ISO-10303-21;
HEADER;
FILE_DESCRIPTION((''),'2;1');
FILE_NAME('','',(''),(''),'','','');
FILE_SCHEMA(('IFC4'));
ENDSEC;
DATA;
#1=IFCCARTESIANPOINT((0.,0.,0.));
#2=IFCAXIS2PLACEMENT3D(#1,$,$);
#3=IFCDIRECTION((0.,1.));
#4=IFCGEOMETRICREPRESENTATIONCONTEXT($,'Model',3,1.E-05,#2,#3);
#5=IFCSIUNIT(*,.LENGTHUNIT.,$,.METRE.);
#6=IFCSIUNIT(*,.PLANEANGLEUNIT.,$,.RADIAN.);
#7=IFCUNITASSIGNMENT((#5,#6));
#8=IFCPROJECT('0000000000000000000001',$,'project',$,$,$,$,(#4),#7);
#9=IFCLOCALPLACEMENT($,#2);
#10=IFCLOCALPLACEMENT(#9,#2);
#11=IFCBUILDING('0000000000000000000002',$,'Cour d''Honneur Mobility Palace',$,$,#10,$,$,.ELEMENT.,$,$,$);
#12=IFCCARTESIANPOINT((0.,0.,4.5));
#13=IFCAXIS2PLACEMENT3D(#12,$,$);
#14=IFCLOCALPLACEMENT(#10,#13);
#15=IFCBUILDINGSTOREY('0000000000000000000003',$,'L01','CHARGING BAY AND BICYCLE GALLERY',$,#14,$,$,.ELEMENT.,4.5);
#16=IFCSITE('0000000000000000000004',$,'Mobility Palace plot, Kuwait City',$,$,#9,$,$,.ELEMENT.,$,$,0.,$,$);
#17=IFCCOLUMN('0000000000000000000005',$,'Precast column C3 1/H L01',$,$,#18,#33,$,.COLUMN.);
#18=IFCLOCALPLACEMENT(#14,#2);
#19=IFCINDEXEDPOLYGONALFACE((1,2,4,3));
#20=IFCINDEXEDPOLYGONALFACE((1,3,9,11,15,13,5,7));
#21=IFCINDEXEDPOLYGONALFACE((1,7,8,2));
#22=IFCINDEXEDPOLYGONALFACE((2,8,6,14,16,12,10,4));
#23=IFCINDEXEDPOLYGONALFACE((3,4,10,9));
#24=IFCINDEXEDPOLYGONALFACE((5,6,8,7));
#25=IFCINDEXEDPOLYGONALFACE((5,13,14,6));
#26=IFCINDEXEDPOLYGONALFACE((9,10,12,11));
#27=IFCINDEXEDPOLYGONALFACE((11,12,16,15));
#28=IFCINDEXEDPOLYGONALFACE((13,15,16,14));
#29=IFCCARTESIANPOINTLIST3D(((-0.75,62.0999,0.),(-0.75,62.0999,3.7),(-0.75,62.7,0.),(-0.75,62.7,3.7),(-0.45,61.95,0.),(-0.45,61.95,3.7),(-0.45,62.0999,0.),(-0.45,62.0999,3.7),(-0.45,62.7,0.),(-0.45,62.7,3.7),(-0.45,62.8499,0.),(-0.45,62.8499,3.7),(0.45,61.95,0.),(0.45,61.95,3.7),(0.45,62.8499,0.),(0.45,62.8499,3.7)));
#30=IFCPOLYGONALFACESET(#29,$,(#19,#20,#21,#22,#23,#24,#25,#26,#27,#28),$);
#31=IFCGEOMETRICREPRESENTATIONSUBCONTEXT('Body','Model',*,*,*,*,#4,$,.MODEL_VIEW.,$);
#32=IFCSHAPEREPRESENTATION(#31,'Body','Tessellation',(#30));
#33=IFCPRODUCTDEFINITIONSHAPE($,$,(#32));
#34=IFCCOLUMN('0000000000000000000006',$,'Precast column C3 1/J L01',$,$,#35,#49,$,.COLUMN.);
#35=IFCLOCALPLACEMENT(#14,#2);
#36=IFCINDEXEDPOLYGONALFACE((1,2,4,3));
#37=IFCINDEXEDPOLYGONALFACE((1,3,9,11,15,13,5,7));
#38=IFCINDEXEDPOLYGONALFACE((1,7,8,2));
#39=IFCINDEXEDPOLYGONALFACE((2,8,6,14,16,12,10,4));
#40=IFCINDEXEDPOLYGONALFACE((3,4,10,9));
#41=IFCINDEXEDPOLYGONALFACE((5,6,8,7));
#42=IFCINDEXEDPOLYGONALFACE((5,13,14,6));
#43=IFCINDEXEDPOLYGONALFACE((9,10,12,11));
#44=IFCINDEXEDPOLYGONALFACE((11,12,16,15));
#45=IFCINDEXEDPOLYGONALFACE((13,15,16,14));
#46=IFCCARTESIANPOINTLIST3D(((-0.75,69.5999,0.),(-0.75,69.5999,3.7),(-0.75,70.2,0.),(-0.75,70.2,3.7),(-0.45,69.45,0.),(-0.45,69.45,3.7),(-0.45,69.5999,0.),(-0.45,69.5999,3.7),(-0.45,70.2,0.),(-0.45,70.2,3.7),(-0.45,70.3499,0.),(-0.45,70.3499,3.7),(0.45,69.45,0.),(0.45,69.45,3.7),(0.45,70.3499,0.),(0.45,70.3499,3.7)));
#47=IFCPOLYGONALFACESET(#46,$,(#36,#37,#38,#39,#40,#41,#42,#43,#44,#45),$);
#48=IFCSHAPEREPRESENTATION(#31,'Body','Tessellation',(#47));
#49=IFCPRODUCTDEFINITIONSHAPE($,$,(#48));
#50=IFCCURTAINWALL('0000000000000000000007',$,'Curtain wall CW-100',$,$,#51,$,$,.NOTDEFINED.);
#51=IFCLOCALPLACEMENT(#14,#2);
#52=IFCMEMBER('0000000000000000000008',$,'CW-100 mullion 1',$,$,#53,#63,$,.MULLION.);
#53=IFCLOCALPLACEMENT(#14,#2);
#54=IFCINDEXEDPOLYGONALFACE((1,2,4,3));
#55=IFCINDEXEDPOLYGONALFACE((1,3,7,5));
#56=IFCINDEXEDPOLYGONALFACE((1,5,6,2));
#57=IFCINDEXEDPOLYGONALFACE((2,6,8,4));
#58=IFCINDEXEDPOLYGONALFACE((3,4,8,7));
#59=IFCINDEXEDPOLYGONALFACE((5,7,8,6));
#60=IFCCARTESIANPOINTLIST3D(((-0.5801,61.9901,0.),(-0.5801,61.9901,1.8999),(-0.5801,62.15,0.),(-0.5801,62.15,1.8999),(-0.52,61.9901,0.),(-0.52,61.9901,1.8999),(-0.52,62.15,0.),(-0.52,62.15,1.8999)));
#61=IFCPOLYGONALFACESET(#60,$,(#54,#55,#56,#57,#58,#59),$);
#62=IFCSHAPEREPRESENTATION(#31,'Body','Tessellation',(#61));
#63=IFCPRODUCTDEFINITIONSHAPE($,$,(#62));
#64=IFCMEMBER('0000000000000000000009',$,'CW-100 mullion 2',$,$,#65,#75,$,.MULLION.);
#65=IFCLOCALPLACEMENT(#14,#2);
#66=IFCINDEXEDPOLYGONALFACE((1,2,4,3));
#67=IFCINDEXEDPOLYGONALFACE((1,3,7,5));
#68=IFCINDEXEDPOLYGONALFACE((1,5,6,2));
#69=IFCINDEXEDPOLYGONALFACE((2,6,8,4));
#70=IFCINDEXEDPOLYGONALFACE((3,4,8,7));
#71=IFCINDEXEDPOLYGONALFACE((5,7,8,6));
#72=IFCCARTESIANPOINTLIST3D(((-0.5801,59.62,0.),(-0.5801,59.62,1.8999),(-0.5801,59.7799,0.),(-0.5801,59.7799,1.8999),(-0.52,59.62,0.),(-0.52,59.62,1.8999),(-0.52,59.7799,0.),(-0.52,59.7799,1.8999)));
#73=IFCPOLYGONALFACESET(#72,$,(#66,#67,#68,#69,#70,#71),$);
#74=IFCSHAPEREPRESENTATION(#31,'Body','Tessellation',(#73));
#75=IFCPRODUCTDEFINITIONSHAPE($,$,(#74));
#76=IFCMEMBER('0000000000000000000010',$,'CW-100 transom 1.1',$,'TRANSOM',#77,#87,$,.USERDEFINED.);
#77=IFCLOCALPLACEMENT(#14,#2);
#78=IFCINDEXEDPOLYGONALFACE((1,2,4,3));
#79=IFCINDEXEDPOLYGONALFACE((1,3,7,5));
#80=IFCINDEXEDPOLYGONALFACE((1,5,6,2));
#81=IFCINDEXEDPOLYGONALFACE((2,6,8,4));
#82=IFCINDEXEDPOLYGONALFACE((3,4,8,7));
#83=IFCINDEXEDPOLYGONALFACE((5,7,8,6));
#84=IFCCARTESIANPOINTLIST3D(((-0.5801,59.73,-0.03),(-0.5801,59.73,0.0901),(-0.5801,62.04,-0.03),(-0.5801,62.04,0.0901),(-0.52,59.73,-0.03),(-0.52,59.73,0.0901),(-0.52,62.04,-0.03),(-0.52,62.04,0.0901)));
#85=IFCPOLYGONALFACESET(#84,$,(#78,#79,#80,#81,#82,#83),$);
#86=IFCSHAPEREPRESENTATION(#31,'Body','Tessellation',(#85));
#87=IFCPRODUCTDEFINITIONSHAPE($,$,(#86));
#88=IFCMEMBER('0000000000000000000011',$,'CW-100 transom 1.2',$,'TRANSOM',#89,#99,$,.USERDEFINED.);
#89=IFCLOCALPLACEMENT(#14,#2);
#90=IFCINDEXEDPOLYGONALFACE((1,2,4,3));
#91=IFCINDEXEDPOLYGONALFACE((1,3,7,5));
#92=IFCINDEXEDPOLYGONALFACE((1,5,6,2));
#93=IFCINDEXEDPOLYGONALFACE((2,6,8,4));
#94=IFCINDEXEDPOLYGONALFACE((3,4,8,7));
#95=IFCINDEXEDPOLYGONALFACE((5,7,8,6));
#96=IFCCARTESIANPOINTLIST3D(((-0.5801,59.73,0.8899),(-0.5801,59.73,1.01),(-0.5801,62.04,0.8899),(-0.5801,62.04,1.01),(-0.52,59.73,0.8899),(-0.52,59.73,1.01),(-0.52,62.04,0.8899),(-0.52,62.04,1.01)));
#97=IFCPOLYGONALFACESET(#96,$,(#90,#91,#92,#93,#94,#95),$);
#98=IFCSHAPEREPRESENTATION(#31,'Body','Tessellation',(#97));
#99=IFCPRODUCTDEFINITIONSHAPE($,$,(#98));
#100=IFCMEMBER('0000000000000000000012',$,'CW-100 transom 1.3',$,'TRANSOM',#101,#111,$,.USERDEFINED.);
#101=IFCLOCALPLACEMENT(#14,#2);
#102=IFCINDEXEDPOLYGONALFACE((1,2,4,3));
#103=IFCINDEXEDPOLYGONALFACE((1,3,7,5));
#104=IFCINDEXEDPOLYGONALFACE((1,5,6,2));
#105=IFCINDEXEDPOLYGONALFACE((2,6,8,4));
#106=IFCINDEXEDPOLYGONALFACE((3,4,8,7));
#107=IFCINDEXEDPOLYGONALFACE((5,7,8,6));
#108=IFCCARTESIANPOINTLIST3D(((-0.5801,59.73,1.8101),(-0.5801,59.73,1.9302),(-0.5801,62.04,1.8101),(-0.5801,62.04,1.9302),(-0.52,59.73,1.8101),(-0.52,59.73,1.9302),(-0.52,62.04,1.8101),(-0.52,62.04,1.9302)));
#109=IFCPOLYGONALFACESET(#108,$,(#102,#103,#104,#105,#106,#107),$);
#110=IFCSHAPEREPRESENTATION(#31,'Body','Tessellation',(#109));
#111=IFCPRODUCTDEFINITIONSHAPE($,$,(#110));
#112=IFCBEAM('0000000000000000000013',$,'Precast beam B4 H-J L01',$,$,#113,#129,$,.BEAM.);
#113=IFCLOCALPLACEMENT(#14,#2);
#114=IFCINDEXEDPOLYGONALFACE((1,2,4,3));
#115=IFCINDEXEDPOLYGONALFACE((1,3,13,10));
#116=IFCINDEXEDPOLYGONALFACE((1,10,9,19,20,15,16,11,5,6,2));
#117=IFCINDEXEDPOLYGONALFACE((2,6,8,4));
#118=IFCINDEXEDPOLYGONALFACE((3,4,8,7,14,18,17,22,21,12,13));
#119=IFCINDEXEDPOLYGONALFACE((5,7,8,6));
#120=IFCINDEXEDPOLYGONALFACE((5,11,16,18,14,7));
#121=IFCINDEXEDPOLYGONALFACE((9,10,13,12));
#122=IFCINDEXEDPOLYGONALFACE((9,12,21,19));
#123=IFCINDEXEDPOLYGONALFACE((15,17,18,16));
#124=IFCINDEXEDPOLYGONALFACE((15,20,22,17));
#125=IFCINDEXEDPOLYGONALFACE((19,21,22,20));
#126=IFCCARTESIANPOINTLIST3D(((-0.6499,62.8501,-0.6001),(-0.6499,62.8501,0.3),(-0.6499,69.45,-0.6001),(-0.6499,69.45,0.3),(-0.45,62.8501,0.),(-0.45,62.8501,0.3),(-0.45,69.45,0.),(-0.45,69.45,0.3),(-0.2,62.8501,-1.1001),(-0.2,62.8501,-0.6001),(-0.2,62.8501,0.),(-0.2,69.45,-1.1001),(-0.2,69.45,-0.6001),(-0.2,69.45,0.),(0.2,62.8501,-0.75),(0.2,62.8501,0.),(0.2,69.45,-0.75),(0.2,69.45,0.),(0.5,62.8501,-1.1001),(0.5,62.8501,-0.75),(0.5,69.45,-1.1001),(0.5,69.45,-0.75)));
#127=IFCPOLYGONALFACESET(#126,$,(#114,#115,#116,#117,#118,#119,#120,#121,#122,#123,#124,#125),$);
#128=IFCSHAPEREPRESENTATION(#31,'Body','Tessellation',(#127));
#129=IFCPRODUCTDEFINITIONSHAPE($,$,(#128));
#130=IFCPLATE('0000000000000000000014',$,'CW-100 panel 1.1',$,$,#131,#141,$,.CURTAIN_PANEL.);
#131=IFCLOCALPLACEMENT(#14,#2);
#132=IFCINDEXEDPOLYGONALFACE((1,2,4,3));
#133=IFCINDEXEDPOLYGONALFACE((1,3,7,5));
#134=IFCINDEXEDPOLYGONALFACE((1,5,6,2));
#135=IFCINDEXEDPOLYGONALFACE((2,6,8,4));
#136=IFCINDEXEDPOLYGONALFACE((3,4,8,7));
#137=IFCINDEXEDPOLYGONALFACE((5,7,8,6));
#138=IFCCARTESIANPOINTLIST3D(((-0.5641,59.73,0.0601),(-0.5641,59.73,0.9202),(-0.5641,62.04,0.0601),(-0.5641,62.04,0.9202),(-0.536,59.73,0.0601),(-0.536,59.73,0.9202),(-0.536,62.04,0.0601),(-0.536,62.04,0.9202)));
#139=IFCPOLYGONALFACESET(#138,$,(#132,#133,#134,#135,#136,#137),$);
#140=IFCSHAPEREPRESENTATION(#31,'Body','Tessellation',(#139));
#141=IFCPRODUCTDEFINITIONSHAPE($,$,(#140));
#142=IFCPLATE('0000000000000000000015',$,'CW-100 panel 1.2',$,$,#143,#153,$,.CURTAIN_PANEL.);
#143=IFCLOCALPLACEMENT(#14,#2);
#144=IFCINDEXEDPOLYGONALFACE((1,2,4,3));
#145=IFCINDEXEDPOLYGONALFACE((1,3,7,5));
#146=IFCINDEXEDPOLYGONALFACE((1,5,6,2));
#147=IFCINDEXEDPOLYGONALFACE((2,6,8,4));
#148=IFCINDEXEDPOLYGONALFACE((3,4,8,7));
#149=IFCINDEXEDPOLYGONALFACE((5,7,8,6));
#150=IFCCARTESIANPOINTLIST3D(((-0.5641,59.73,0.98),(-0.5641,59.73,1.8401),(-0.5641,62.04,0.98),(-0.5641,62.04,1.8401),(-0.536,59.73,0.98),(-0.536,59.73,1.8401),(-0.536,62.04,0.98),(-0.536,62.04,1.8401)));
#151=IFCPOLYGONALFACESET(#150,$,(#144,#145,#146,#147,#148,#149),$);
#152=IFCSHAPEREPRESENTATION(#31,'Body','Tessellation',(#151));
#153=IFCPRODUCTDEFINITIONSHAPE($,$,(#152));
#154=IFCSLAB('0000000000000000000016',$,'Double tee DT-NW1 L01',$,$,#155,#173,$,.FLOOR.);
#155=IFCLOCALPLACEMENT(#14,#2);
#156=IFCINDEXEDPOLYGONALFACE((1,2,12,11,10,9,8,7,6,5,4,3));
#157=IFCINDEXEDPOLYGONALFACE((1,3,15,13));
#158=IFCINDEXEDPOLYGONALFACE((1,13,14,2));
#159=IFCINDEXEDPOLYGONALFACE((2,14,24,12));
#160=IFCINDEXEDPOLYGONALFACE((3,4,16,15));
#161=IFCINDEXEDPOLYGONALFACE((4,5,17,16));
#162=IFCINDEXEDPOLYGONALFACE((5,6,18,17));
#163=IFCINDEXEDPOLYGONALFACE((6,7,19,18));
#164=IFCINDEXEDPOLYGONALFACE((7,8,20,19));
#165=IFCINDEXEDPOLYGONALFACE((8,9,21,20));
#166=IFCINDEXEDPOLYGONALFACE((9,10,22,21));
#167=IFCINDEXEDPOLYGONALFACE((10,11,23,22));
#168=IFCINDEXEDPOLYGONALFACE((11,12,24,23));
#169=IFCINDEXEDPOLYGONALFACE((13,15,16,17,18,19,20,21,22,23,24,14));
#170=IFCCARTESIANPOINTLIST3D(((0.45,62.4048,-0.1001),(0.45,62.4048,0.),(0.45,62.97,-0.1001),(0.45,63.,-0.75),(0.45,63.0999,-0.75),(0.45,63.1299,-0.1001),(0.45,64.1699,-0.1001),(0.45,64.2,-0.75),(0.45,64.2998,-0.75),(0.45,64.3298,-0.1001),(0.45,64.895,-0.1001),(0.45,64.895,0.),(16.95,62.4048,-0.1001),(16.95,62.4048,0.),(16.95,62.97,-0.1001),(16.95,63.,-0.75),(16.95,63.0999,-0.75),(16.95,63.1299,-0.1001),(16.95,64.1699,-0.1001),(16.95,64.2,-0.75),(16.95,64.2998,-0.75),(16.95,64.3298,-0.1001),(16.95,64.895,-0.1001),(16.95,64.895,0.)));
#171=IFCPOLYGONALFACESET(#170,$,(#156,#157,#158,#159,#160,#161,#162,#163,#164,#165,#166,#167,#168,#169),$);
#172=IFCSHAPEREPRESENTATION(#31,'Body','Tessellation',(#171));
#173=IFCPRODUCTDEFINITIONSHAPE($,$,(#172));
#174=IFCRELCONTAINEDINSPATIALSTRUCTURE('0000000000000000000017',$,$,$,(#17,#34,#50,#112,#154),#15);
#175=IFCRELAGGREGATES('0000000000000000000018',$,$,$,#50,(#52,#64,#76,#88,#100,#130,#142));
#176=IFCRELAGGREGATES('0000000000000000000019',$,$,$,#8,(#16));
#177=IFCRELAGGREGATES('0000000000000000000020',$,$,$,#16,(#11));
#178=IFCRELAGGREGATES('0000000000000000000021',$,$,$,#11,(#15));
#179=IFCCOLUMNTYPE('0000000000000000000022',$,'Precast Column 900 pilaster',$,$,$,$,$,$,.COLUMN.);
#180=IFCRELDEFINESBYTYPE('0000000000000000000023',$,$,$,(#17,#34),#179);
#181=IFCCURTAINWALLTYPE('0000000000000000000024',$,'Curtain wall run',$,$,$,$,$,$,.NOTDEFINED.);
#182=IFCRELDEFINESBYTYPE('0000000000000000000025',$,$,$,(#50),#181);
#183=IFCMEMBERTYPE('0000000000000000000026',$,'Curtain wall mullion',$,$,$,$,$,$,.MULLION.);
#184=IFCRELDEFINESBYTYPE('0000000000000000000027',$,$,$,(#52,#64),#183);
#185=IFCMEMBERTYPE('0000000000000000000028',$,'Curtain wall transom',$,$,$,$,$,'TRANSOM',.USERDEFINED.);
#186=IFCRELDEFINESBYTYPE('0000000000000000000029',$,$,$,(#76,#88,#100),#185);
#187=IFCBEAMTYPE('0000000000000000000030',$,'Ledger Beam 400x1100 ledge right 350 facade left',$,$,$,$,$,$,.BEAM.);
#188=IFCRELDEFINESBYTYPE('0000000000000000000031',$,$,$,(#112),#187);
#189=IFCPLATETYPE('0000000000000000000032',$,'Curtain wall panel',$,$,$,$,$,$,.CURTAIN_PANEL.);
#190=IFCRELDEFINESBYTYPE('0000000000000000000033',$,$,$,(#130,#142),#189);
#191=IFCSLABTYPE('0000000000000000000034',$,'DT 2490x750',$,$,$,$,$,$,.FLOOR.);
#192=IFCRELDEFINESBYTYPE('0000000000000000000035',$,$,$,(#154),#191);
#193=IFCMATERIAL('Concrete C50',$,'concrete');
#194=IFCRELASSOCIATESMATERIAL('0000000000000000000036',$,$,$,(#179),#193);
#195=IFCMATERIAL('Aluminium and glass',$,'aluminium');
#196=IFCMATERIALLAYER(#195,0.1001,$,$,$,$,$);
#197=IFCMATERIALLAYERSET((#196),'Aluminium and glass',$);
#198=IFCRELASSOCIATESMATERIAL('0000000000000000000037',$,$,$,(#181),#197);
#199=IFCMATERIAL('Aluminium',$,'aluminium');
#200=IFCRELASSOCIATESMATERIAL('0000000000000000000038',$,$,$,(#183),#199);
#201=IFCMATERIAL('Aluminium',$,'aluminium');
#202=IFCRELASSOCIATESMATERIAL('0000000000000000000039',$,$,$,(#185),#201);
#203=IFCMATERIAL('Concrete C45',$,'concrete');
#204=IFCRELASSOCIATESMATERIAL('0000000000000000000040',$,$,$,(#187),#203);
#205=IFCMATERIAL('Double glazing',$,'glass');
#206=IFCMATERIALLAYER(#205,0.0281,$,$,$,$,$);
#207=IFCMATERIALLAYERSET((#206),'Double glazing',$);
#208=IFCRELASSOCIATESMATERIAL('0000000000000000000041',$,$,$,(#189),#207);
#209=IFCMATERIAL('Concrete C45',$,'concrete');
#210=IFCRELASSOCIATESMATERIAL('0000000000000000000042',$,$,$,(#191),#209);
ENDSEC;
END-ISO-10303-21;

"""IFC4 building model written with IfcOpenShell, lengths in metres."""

from ifc_helpers import new_model, si_unit, direction, frame, origin, origin_2d, place, context, subcontext, project, spatial, polyline, rectangle, outline, extrude, material, layer, layer_set, material_profile, profile_set, type_object, element, aggregate, save


model = new_model("IFC4")

# Units and contexts
model_context = context("Model", 3, precision=1e-05, world=origin(), true_north=direction((0.0, 1.0)))
body_context = subcontext(model_context, "Body", "Model", "MODEL_VIEW")
ifc_project = project(units=[si_unit("LENGTHUNIT", "METRE"), si_unit("PLANEANGLEUNIT", "RADIAN")], contexts=[model_context])

# Site, building, storey
site_placement = place(None, origin())
site = spatial("IfcSite", under=ifc_project, at=site_placement, Name="Mobility Palace plot, Kuwait City", CompositionType="ELEMENT", RefElevation=0.0)
building_placement = place(site_placement, origin())
building = spatial("IfcBuilding", under=site, at=building_placement, Name="Cour d'Honneur Mobility Palace", CompositionType="ELEMENT")
storey_placement = place(building_placement, frame((0.0, 0.0, 4.5)))
storey = spatial("IfcBuildingStorey", under=building, at=storey_placement, Name="L01", Description="CHARGING BAY AND BICYCLE GALLERY", CompositionType="ELEMENT", Elevation=4.5)

# Columns
ifc_material_1 = material(Name="Concrete C50", Category="concrete")
ifc_material_profile_1 = material_profile(ifc_material_1, outline(polyline([(-0.45, -0.45), (0.45, -0.45), (0.45, -0.3), (0.75, -0.3), (0.75, 0.3), (0.45, 0.3), (0.45, 0.45), (-0.45, 0.45), (-0.45, -0.45)])), Name="PC C900 pilaster")
ifc_profile_set_1 = profile_set([ifc_material_profile_1], Name="Concrete C50")
column_type = type_object("IfcColumnType", Name="Precast Column 900 pilaster", PredefinedType="COLUMN", material=ifc_profile_set_1)
for number, where, z_axis, x_axis, name in (
    (1, (0.0, 62.3999, 0.0), (0.0, 0.0, 1.0), (-1.0, 0.0, 0.0), "Precast column C3 1/H L01"),
    (2, (0.0, 69.8999, 0.0), (0.0, 0.0, 1.0), (-1.0, 0.0, 0.0), "Precast column C3 1/J L01"),
):
    element("IfcColumn", number, at=place(storey_placement, frame(where, z_axis=z_axis, x_axis=x_axis)), inside=storey, type_object=column_type, Name=name, PredefinedType="COLUMN", context=body_context, shape_type="SweptSolid", body=[
        extrude(outline(polyline([(-0.45, -0.45), (0.45, -0.45), (0.45, -0.3), (0.75, -0.3), (0.75, 0.3), (0.45, 0.3), (0.45, 0.45), (-0.45, 0.45), (-0.45, -0.45)])), origin(), (0.0, 0.0, 1.0), 3.7),
    ])

# Curtain wall, members
ifc_material_2 = material(Name="Aluminium and glass", Category="aluminium")
ifc_layer_1 = layer(ifc_material_2, 0.1001)
ifc_layer_set_1 = layer_set([ifc_layer_1], Name="Aluminium and glass")
curtain_wall_type = type_object("IfcCurtainWallType", Name="Curtain wall run", PredefinedType="NOTDEFINED", material=ifc_layer_set_1)
curtain_wall_placement = place(storey_placement, origin())
curtain_wall = element("IfcCurtainWall", 3, at=curtain_wall_placement, inside=storey, type_object=curtain_wall_type, Name="Curtain wall CW-100", PredefinedType="NOTDEFINED")
ifc_material_3 = material(Name="Aluminium", Category="aluminium")
ifc_material_profile_2 = material_profile(ifc_material_3, rectangle(XDim=0.0601, YDim=0.1599, at=origin_2d()), Name="Curtain wall mullion")
ifc_profile_set_2 = profile_set([ifc_material_profile_2], Name="Aluminium")
member_type_1 = type_object("IfcMemberType", Name="Curtain wall mullion", PredefinedType="MULLION", material=ifc_profile_set_2)
member_1_placement = place(storey_placement, frame((-0.55, 62.0701, 0.0), z_axis=(0.0, 0.0, 1.0), x_axis=(1.0, 0.0, 0.0)))
member_1 = element("IfcMember", 4, at=member_1_placement, type_object=member_type_1, Name="CW-100 mullion 1", PredefinedType="MULLION", context=body_context, shape_type="SweptSolid", body=[
    extrude(rectangle(XDim=0.0601, YDim=0.1599, at=origin_2d()), origin(), (0.0, 0.0, 1.0), 1.8999),
])
member_2_placement = place(storey_placement, frame((-0.55, 59.7, 0.0), z_axis=(0.0, 0.0, 1.0), x_axis=(1.0, 0.0, 0.0)))
member_2 = element("IfcMember", 5, at=member_2_placement, type_object=member_type_1, Name="CW-100 mullion 2", PredefinedType="MULLION", context=body_context, shape_type="SweptSolid", body=[
    extrude(rectangle(XDim=0.0601, YDim=0.1599, at=origin_2d()), origin(), (0.0, 0.0, 1.0), 1.8999),
])
ifc_material_4 = material(Name="Aluminium", Category="aluminium")
ifc_material_profile_3 = material_profile(ifc_material_4, rectangle(XDim=0.0601, YDim=0.1201, at=origin_2d()), Name="Curtain wall transom")
ifc_profile_set_3 = profile_set([ifc_material_profile_3], Name="Aluminium")
member_type_2 = type_object("IfcMemberType", Name="Curtain wall transom", ElementType="TRANSOM", PredefinedType="USERDEFINED", material=ifc_profile_set_3)
member_3_placement = place(storey_placement, frame((-0.55, 62.04, 0.03), z_axis=(0.0, -1.0, 0.0), x_axis=(1.0, 0.0, 0.0)))
member_3 = element("IfcMember", 6, at=member_3_placement, type_object=member_type_2, Name="CW-100 transom 1.1", ObjectType="TRANSOM", PredefinedType="USERDEFINED", context=body_context, shape_type="SweptSolid", body=[
    extrude(rectangle(XDim=0.0601, YDim=0.1201, at=origin_2d()), origin(), (0.0, 0.0, 1.0), 2.3101),
])
member_4_placement = place(storey_placement, frame((-0.55, 62.04, 0.95), z_axis=(0.0, -1.0, 0.0), x_axis=(1.0, 0.0, 0.0)))
member_4 = element("IfcMember", 7, at=member_4_placement, type_object=member_type_2, Name="CW-100 transom 1.2", ObjectType="TRANSOM", PredefinedType="USERDEFINED", context=body_context, shape_type="SweptSolid", body=[
    extrude(rectangle(XDim=0.0601, YDim=0.1201, at=origin_2d()), origin(), (0.0, 0.0, 1.0), 2.3101),
])
member_5_placement = place(storey_placement, frame((-0.55, 62.04, 1.8701), z_axis=(0.0, -1.0, 0.0), x_axis=(1.0, 0.0, 0.0)))
member_5 = element("IfcMember", 8, at=member_5_placement, type_object=member_type_2, Name="CW-100 transom 1.3", ObjectType="TRANSOM", PredefinedType="USERDEFINED", context=body_context, shape_type="SweptSolid", body=[
    extrude(rectangle(XDim=0.0601, YDim=0.1201, at=origin_2d()), origin(), (0.0, 0.0, 1.0), 2.3101),
])

# Beam
ifc_material_5 = material(Name="Concrete C45", Category="concrete")
ifc_material_profile_4 = material_profile(ifc_material_5, outline(polyline([(0.2, -1.1001), (0.2, -0.6001), (0.6499, -0.6001), (0.6499, 0.3), (0.45, 0.3), (0.45, 0.0), (0.2, 0.0), (-0.2, 0.0), (-0.2, -0.75), (-0.5, -0.75), (-0.5, -1.1001), (0.2, -1.1001)])), Name="Ledger Beam 400x1100 ledge right 350 facade left")
ifc_profile_set_4 = profile_set([ifc_material_profile_4], Name="Concrete C45")
beam_type = type_object("IfcBeamType", Name="Ledger Beam 400x1100 ledge right 350 facade left", PredefinedType="BEAM", material=ifc_profile_set_4)
beam_placement = place(storey_placement, frame((0.0, 62.8501, 0.0), z_axis=(0.0, 1.0, 0.0), x_axis=(-1.0, 0.0, 0.0)))
element("IfcBeam", 9, at=beam_placement, inside=storey, type_object=beam_type, Name="Precast beam B4 H-J L01", PredefinedType="BEAM", context=body_context, shape_type="SweptSolid", body=[
    extrude(outline(polyline([(0.2, -1.1001), (0.2, -0.6001), (0.6499, -0.6001), (0.6499, 0.3), (0.45, 0.3), (0.45, 0.0), (0.2, 0.0), (-0.2, 0.0), (-0.2, -0.75), (-0.5, -0.75), (-0.5, -1.1001), (0.2, -1.1001)])), origin(), (0.0, 0.0, 1.0), 6.5999),
])

# Plates
ifc_material_6 = material(Name="Double glazing", Category="glass")
ifc_layer_2 = layer(ifc_material_6, 0.0281)
ifc_layer_set_2 = layer_set([ifc_layer_2], Name="Double glazing")
plate_type = type_object("IfcPlateType", Name="Curtain wall panel", PredefinedType="CURTAIN_PANEL", material=ifc_layer_set_2)
plate_1_placement = place(storey_placement, frame((-0.55, 60.885, 0.0601), z_axis=(0.0, 0.0, 1.0), x_axis=(0.0, -1.0, 0.0)))
plate_1 = element("IfcPlate", 10, at=plate_1_placement, type_object=plate_type, Name="CW-100 panel 1.1", PredefinedType="CURTAIN_PANEL", context=body_context, shape_type="SweptSolid", body=[
    extrude(rectangle(XDim=2.3101, YDim=0.0281, at=origin_2d()), origin(), (0.0, 0.0, 1.0), 0.8601),
])
plate_2_placement = place(storey_placement, frame((-0.55, 60.885, 0.98), z_axis=(0.0, 0.0, 1.0), x_axis=(0.0, -1.0, 0.0)))
plate_2 = element("IfcPlate", 11, at=plate_2_placement, type_object=plate_type, Name="CW-100 panel 1.2", PredefinedType="CURTAIN_PANEL", context=body_context, shape_type="SweptSolid", body=[
    extrude(rectangle(XDim=2.3101, YDim=0.0281, at=origin_2d()), origin(), (0.0, 0.0, 1.0), 0.8601),
])
aggregate(curtain_wall, [member_1, member_2, member_3, member_4, member_5, plate_1, plate_2])

# Slab
ifc_material_7 = material(Name="Concrete C45", Category="concrete")
ifc_material_profile_5 = material_profile(ifc_material_7, outline(polyline([(-1.2451, 0.0), (1.2451, 0.0), (1.2451, -0.1001), (0.6799, -0.1001), (0.6499, -0.75), (0.55, -0.75), (0.52, -0.1001), (-0.52, -0.1001), (-0.55, -0.75), (-0.6499, -0.75), (-0.6799, -0.1001), (-1.2451, -0.1001), (-1.2451, 0.0)])), Name="DT 2490x750")
ifc_profile_set_5 = profile_set([ifc_material_profile_5], Name="Concrete C45")
slab_type = type_object("IfcSlabType", Name="DT 2490x750", PredefinedType="FLOOR", material=ifc_profile_set_5)
slab_1_placement = place(storey_placement, frame((0.45, 63.6499, 0.0), z_axis=(1.0, 0.0, 0.0), x_axis=(0.0, 1.0, 0.0)))
element("IfcSlab", 12, at=slab_1_placement, inside=storey, type_object=slab_type, Name="Double tee DT-NW1 L01", PredefinedType="FLOOR", context=body_context, shape_type="SweptSolid", body=[
    extrude(outline(polyline([(-1.2451, 0.0), (1.2451, 0.0), (1.2451, -0.1001), (0.6799, -0.1001), (0.6499, -0.75), (0.55, -0.75), (0.52, -0.1001), (-0.52, -0.1001), (-0.55, -0.75), (-0.6499, -0.75), (-0.6799, -0.1001), (-1.2451, -0.1001), (-1.2451, 0.0)])), origin(), (0.0, 0.0, 1.0), 16.5),
])

save(model, "model.ifc")
